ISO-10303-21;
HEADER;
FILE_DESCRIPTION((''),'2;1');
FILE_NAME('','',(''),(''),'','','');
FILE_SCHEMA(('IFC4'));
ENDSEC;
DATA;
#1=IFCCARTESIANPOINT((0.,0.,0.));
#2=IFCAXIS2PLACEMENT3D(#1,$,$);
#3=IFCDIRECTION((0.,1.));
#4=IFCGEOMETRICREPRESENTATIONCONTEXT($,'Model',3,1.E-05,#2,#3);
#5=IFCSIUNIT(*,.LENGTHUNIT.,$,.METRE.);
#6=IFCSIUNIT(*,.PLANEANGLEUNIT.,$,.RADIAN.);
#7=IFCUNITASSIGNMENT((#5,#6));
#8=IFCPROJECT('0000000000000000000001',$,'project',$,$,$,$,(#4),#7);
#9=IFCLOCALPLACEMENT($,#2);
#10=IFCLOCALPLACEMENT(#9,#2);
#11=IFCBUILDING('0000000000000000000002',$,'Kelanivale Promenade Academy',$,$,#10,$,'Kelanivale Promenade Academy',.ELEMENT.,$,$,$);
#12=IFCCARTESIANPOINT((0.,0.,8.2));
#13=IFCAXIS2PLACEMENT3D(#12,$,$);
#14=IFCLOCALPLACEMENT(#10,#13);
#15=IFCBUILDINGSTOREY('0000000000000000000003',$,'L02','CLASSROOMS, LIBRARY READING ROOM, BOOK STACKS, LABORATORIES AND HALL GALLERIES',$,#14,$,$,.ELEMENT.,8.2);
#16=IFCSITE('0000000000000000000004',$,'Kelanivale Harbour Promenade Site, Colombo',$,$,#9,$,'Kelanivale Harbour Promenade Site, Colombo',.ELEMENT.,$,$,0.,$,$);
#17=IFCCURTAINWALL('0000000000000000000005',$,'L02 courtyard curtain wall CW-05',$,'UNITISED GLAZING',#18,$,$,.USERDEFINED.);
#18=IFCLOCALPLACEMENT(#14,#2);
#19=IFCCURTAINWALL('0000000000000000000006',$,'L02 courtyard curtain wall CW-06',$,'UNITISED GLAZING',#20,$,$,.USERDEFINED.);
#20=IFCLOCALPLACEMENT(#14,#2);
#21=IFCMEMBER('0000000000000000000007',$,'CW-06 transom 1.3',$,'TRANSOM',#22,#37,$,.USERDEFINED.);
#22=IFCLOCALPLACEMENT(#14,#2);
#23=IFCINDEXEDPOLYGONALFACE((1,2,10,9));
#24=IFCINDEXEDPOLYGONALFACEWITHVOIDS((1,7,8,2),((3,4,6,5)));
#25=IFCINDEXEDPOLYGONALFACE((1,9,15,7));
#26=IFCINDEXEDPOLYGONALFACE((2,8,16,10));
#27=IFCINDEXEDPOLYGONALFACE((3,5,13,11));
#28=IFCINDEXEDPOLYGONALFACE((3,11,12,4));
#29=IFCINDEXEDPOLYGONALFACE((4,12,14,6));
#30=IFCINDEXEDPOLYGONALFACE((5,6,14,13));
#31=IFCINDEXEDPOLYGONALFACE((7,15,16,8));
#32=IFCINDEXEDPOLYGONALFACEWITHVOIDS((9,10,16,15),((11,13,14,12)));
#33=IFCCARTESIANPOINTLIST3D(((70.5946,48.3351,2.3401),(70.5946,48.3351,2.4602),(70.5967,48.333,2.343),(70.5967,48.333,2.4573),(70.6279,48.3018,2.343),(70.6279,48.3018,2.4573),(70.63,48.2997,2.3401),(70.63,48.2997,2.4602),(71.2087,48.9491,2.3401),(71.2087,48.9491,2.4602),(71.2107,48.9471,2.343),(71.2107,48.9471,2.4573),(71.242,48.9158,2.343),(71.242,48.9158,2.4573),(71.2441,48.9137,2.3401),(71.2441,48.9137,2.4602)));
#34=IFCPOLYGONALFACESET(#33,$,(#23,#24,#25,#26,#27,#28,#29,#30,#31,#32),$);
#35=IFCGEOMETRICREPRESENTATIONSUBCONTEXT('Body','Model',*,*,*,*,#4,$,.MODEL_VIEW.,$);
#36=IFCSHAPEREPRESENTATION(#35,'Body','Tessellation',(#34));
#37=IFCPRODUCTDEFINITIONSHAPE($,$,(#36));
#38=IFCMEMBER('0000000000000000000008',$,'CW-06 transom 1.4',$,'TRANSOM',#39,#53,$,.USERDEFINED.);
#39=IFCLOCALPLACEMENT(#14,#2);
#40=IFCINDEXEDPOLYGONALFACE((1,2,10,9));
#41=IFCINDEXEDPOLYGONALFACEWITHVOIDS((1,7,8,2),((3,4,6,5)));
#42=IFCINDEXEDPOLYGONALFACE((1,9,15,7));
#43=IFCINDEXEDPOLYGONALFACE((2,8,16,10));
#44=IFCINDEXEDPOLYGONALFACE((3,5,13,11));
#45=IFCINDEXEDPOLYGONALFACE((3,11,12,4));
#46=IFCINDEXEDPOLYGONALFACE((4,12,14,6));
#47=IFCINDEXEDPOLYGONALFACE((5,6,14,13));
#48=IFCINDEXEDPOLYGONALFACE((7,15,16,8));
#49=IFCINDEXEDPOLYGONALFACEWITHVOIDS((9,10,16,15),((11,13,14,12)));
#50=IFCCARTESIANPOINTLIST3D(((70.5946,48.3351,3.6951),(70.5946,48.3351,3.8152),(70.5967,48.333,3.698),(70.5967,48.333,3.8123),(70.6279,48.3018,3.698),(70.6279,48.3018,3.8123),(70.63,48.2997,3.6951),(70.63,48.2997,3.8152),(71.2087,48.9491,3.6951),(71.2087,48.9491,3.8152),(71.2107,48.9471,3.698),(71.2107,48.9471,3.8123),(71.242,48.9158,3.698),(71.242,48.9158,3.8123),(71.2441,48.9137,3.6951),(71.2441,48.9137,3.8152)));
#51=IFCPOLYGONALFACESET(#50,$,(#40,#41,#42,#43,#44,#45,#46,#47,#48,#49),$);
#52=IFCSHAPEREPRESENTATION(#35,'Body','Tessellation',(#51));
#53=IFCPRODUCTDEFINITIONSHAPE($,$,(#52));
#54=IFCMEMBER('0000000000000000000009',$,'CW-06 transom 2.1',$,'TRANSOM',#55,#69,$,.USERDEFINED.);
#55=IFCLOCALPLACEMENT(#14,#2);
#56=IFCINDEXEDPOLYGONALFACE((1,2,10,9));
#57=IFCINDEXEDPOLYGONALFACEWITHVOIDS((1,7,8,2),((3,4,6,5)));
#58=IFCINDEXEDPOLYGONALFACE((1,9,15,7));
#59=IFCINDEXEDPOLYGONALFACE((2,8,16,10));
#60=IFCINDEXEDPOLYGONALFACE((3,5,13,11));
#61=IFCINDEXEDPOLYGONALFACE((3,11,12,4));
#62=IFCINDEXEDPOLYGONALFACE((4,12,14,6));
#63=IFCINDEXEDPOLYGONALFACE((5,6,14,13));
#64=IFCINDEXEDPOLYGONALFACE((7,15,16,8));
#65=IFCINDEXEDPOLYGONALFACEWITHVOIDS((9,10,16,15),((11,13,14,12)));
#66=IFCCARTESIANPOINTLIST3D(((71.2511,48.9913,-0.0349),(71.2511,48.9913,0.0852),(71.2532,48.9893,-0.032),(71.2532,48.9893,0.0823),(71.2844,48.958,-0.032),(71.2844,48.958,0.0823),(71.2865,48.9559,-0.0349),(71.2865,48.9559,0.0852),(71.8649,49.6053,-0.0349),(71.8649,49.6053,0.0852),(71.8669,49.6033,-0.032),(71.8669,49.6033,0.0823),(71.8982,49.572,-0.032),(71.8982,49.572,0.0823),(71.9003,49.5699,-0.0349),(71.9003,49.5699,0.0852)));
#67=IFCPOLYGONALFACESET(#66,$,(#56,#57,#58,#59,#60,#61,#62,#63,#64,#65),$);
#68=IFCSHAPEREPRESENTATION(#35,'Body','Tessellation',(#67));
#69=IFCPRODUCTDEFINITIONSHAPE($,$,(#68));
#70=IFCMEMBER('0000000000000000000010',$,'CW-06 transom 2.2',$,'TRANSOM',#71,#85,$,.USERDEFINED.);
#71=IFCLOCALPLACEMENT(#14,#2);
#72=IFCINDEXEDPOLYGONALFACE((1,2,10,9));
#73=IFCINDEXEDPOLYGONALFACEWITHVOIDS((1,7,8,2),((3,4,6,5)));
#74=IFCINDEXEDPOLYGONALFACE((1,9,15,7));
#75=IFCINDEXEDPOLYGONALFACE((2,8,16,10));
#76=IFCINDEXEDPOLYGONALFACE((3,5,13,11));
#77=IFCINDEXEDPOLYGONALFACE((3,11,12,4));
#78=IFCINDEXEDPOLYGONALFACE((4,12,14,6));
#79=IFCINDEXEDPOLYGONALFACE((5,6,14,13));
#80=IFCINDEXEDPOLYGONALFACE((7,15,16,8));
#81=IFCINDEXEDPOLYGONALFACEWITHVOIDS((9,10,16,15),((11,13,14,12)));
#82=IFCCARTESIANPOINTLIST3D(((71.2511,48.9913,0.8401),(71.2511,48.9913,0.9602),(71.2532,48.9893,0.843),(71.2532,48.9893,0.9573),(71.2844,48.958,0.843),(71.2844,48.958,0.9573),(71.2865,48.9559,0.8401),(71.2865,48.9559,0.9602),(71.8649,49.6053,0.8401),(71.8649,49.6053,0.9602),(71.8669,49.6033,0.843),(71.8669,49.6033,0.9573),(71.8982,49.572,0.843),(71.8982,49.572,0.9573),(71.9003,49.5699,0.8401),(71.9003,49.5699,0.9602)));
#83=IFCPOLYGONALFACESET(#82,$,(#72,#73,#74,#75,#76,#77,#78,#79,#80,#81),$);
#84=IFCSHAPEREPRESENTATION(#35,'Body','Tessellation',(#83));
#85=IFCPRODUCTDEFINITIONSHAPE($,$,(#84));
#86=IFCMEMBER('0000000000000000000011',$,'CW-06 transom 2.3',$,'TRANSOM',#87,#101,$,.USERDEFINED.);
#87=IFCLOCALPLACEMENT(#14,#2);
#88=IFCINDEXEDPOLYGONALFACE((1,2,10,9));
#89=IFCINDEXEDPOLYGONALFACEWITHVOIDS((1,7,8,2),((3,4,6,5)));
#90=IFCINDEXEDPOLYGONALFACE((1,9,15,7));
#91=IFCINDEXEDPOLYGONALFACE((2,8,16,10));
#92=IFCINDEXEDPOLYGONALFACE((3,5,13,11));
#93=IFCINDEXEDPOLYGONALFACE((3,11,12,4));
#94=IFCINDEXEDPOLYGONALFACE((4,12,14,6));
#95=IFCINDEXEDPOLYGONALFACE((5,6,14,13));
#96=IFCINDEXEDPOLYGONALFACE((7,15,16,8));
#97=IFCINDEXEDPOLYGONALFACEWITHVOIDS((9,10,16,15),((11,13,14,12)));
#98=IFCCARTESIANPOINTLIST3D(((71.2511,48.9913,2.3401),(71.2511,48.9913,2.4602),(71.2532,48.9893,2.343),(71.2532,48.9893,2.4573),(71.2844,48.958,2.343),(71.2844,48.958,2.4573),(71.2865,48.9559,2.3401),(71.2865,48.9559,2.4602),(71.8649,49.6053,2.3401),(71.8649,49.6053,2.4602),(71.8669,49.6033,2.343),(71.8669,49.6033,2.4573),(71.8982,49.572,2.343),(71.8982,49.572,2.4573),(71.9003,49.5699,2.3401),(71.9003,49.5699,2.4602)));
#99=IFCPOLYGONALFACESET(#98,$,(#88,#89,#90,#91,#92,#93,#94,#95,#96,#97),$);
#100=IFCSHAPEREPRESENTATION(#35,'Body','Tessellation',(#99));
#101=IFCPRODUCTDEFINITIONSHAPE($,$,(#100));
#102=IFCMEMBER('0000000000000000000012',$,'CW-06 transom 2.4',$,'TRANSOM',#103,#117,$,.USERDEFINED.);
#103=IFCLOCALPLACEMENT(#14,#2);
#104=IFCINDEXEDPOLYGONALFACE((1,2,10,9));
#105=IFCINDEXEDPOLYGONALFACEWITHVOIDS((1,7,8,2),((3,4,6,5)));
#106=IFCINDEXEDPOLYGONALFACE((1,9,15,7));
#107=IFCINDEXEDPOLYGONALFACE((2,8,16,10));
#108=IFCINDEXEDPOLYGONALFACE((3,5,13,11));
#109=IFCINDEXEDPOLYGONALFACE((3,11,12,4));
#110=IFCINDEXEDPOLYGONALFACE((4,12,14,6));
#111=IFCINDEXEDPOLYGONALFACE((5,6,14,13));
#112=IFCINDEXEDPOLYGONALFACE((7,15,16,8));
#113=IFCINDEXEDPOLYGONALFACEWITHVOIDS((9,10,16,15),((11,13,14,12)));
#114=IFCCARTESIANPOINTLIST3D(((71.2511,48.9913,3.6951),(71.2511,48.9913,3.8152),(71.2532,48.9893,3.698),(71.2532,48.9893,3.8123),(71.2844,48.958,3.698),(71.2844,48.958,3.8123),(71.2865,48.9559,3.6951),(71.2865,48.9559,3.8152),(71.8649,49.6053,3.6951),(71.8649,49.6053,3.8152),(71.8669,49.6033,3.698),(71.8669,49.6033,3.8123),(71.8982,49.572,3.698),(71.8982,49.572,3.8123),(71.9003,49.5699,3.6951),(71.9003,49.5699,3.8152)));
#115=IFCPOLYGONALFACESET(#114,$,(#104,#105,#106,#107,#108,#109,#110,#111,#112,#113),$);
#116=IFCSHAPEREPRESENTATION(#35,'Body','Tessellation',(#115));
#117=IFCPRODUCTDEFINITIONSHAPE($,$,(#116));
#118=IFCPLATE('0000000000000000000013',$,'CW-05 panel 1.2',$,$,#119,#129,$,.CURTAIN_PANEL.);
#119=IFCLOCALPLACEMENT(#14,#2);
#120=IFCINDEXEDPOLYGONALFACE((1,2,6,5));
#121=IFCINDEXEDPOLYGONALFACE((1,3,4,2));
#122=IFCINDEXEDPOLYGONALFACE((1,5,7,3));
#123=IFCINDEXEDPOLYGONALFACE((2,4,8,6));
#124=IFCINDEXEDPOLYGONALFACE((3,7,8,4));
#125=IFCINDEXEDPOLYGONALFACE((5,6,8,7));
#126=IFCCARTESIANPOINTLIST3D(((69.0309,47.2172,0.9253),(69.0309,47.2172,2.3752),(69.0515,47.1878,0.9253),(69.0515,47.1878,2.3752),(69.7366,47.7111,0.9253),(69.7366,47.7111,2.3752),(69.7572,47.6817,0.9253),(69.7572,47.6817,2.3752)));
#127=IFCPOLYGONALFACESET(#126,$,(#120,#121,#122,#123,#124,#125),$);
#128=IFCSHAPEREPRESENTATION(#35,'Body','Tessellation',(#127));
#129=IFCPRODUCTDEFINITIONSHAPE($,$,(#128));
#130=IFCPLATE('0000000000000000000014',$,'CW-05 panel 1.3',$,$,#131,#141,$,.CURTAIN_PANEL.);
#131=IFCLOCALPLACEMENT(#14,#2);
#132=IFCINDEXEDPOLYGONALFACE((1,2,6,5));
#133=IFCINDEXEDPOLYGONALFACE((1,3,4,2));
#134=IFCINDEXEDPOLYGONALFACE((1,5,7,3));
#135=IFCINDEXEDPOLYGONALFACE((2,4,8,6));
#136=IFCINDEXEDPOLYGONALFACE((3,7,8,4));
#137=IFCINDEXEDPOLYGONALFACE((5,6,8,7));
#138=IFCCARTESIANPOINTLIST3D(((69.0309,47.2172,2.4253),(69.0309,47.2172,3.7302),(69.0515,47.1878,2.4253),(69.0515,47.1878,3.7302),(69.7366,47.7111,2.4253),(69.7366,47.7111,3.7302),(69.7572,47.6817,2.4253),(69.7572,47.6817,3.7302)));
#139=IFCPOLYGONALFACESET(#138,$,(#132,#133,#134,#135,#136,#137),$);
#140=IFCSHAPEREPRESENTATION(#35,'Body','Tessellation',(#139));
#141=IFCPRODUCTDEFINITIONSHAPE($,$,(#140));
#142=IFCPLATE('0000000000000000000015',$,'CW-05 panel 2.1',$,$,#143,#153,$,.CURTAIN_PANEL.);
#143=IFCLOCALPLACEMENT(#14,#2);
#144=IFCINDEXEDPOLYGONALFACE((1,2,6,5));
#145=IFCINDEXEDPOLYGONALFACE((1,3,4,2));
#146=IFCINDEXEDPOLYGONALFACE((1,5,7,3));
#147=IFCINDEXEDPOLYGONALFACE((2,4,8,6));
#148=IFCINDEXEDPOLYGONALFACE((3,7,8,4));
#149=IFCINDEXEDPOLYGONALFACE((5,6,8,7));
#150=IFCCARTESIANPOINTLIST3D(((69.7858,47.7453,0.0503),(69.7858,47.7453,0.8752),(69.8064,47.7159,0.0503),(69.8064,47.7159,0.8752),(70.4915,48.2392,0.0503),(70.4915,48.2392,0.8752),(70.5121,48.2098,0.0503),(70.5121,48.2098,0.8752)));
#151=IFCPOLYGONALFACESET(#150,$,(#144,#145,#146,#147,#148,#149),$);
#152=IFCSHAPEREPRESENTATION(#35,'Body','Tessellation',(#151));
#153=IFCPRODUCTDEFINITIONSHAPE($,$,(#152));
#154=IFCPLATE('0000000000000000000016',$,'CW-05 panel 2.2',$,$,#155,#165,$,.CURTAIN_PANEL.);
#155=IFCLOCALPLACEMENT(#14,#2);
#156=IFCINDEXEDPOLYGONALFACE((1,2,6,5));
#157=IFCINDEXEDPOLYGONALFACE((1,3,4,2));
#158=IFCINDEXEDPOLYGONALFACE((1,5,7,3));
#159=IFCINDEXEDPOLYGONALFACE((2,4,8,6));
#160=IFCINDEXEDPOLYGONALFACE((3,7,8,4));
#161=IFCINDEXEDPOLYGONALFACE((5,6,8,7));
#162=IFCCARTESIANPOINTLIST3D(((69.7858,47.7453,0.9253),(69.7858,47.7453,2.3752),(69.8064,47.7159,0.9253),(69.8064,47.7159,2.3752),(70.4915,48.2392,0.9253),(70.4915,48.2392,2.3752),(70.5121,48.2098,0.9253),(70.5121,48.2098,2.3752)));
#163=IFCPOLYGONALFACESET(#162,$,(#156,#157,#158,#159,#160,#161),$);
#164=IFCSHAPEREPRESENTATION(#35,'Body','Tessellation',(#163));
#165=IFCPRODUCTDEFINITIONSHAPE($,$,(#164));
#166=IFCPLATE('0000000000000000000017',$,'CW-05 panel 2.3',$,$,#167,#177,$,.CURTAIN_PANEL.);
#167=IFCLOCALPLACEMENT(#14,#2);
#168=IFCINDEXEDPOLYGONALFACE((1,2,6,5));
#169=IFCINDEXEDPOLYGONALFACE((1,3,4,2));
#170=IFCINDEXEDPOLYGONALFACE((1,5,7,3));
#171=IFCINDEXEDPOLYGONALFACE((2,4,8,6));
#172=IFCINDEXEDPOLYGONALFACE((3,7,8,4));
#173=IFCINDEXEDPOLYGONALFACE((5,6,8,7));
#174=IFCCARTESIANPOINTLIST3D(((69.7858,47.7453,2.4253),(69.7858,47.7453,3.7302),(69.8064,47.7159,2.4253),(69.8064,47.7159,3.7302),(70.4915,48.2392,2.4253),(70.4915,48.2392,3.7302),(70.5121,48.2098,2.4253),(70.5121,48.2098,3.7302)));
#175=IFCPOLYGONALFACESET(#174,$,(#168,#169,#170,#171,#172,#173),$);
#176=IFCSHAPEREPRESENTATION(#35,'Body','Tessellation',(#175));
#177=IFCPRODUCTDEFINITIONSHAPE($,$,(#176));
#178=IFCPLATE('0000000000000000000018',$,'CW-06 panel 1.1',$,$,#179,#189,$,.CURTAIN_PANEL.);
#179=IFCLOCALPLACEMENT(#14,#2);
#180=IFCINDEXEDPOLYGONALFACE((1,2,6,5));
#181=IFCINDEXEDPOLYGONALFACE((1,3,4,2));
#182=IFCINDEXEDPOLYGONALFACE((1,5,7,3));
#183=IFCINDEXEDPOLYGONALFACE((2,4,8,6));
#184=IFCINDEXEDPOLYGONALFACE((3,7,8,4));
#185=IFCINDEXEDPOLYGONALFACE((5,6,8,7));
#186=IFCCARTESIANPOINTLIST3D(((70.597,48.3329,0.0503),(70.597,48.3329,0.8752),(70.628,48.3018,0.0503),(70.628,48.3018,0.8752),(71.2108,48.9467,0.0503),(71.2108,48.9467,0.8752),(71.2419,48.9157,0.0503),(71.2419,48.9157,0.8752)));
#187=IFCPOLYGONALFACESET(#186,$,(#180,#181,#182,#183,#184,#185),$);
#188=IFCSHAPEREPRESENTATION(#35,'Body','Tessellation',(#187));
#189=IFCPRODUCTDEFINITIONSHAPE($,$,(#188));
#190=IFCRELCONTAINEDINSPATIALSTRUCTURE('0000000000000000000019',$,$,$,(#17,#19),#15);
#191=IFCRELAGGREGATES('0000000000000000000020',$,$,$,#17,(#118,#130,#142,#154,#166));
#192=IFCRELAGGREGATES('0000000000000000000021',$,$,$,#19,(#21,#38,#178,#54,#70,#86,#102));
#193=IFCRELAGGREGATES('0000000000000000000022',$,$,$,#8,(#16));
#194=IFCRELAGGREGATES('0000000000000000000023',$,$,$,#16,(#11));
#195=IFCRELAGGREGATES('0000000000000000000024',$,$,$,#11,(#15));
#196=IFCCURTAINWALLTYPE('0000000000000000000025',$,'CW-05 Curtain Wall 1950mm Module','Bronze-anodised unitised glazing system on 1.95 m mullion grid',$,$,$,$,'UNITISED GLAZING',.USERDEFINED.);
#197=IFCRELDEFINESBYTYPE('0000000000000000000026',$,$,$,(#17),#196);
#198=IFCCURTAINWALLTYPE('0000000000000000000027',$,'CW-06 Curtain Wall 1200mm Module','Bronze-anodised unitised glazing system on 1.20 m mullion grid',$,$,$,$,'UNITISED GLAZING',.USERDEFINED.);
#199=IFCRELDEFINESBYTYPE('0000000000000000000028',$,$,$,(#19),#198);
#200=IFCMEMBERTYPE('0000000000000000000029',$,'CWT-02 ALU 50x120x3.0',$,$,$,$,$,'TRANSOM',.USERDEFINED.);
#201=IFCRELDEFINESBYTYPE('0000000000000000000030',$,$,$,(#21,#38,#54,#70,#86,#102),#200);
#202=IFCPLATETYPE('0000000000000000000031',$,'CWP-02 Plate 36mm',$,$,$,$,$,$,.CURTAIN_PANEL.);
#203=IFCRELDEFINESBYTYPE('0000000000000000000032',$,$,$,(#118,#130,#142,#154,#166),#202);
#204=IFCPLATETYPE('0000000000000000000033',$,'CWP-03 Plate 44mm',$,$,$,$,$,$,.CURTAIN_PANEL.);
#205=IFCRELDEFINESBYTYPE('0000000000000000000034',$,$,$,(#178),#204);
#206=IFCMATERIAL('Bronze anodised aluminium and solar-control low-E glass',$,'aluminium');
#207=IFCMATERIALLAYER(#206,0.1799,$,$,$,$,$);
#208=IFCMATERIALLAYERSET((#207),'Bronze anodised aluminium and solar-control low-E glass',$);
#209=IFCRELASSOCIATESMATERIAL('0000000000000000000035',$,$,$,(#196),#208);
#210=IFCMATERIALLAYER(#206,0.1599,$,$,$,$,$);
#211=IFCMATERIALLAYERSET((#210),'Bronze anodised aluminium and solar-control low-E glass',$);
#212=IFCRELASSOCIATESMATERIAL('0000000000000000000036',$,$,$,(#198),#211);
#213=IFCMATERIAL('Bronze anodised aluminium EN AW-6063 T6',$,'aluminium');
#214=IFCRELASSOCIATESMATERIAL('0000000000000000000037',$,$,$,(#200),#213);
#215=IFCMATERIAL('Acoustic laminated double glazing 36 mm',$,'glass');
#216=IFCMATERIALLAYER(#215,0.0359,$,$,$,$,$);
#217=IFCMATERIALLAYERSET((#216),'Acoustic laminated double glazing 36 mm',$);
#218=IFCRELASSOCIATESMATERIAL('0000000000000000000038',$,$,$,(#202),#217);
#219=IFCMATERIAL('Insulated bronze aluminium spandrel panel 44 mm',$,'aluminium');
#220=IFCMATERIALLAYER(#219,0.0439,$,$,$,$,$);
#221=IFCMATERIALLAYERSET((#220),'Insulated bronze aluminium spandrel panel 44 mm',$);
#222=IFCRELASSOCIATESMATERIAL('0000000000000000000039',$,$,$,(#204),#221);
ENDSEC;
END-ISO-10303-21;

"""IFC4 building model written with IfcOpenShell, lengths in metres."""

from ifc_helpers import new_model, si_unit, direction, frame, origin, origin_2d, place, context, subcontext, project, spatial, rectangle, hollow_rectangle, extrude, material, layer, layer_set, material_profile, profile_set, type_object, element, aggregate, save


model = new_model("IFC4")

# Units and contexts
model_context = context("Model", 3, precision=1e-05, world=origin(), true_north=direction((0.0, 1.0)))
body_context = subcontext(model_context, "Body", "Model", "MODEL_VIEW")
ifc_project = project(units=[si_unit("LENGTHUNIT", "METRE"), si_unit("PLANEANGLEUNIT", "RADIAN")], contexts=[model_context])

# Site, building, storey
site_placement = place(None, origin())
site = spatial("IfcSite", under=ifc_project, at=site_placement, Name="Kelanivale Harbour Promenade Site, Colombo", LongName="Kelanivale Harbour Promenade Site, Colombo", CompositionType="ELEMENT", RefElevation=0.0)
building_placement = place(site_placement, origin())
building = spatial("IfcBuilding", under=site, at=building_placement, Name="Kelanivale Promenade Academy", LongName="Kelanivale Promenade Academy", CompositionType="ELEMENT")
storey_placement = place(building_placement, frame((0.0, 0.0, 8.2)))
storey = spatial("IfcBuildingStorey", under=building, at=storey_placement, Name="L02", Description="CLASSROOMS, LIBRARY READING ROOM, BOOK STACKS, LABORATORIES AND HALL GALLERIES", CompositionType="ELEMENT", Elevation=8.2)

# Curtain walls
ifc_material_1 = material(Name="Bronze anodised aluminium and solar-control low-E glass", Category="aluminium")
ifc_layer_1 = layer(ifc_material_1, 0.1799)
ifc_layer_set_1 = layer_set([ifc_layer_1], Name="Bronze anodised aluminium and solar-control low-E glass")
curtain_wall_type_1 = type_object("IfcCurtainWallType", Name="CW-05 Curtain Wall 1950mm Module", Description="Bronze-anodised unitised glazing system on 1.95 m mullion grid", ElementType="UNITISED GLAZING", PredefinedType="USERDEFINED", material=ifc_layer_set_1)
curtain_wall_1_placement = place(storey_placement, origin())
curtain_wall_1 = element("IfcCurtainWall", 1, at=curtain_wall_1_placement, inside=storey, type_object=curtain_wall_type_1, Name="L02 courtyard curtain wall CW-05", ObjectType="UNITISED GLAZING", PredefinedType="USERDEFINED")
ifc_material_2 = material(Name="Bronze anodised aluminium EN AW-6063 T6", Category="aluminium")
ifc_layer_2 = layer(ifc_material_1, 0.1599)
ifc_layer_set_2 = layer_set([ifc_layer_2], Name="Bronze anodised aluminium and solar-control low-E glass")
curtain_wall_type_2 = type_object("IfcCurtainWallType", Name="CW-06 Curtain Wall 1200mm Module", Description="Bronze-anodised unitised glazing system on 1.20 m mullion grid", ElementType="UNITISED GLAZING", PredefinedType="USERDEFINED", material=ifc_layer_set_2)
curtain_wall_2_placement = place(storey_placement, origin())
curtain_wall_2 = element("IfcCurtainWall", 2, at=curtain_wall_2_placement, inside=storey, type_object=curtain_wall_type_2, Name="L02 courtyard curtain wall CW-06", ObjectType="UNITISED GLAZING", PredefinedType="USERDEFINED")

# Members
ifc_material_profile_1 = material_profile(ifc_material_2, hollow_rectangle(XDim=0.05, YDim=0.1201, WallThickness=0.0029, at=origin_2d()), Name="ALU 50x120x3.0")
ifc_profile_set_1 = profile_set([ifc_material_profile_1], Name="Bronze anodised aluminium EN AW-6063 T6")
member_type_1 = type_object("IfcMemberType", Name="CWT-02 ALU 50x120x3.0", ElementType="TRANSOM", PredefinedType="USERDEFINED", material=ifc_profile_set_1)
member_1_placement = place(storey_placement, frame((70.6123, 48.3174, 2.4001), z_axis=(0.707107, 0.707107, 0.0), x_axis=(-0.707107, 0.707107, 0.0)))
member_1 = element("IfcMember", 3, at=member_1_placement, type_object=member_type_1, Name="CW-06 transom 1.3", ObjectType="TRANSOM", PredefinedType="USERDEFINED", context=body_context, shape_type="SweptSolid", body=[
    extrude(hollow_rectangle(XDim=0.05, YDim=0.1201, WallThickness=0.0029, at=origin_2d()), origin(), (0.0, 0.0, 1.0), 0.8684),
])
member_2_placement = place(storey_placement, frame((70.6123, 48.3174, 3.7551), z_axis=(0.707107, 0.707107, 0.0), x_axis=(-0.707107, 0.707107, 0.0)))
member_2 = element("IfcMember", 4, at=member_2_placement, type_object=member_type_1, Name="CW-06 transom 1.4", ObjectType="TRANSOM", PredefinedType="USERDEFINED", context=body_context, shape_type="SweptSolid", body=[
    extrude(hollow_rectangle(XDim=0.05, YDim=0.1201, WallThickness=0.0029, at=origin_2d()), origin(), (0.0, 0.0, 1.0), 0.8684),
])
member_3_placement = place(storey_placement, frame((71.2688, 48.9736, 0.0251), z_axis=(0.706966, 0.707247, 0.0), x_axis=(-0.707247, 0.706966, 0.0)))
member_3 = element("IfcMember", 5, at=member_3_placement, type_object=member_type_1, Name="CW-06 transom 2.1", ObjectType="TRANSOM", PredefinedType="USERDEFINED", context=body_context, shape_type="SweptSolid", body=[
    extrude(hollow_rectangle(XDim=0.05, YDim=0.1201, WallThickness=0.0029, at=origin_2d()), origin(), (0.0, 0.0, 1.0), 0.8682),
])
member_4_placement = place(storey_placement, frame((71.2688, 48.9736, 0.9001), z_axis=(0.706966, 0.707247, 0.0), x_axis=(-0.707247, 0.706966, 0.0)))
member_4 = element("IfcMember", 6, at=member_4_placement, type_object=member_type_1, Name="CW-06 transom 2.2", ObjectType="TRANSOM", PredefinedType="USERDEFINED", context=body_context, shape_type="SweptSolid", body=[
    extrude(hollow_rectangle(XDim=0.05, YDim=0.1201, WallThickness=0.0029, at=origin_2d()), origin(), (0.0, 0.0, 1.0), 0.8682),
])
member_5_placement = place(storey_placement, frame((71.2688, 48.9736, 2.4001), z_axis=(0.706966, 0.707247, 0.0), x_axis=(-0.707247, 0.706966, 0.0)))
member_5 = element("IfcMember", 7, at=member_5_placement, type_object=member_type_1, Name="CW-06 transom 2.3", ObjectType="TRANSOM", PredefinedType="USERDEFINED", context=body_context, shape_type="SweptSolid", body=[
    extrude(hollow_rectangle(XDim=0.05, YDim=0.1201, WallThickness=0.0029, at=origin_2d()), origin(), (0.0, 0.0, 1.0), 0.8682),
])
member_6_placement = place(storey_placement, frame((71.2688, 48.9736, 3.7551), z_axis=(0.706966, 0.707247, 0.0), x_axis=(-0.707247, 0.706966, 0.0)))
member_6 = element("IfcMember", 8, at=member_6_placement, type_object=member_type_1, Name="CW-06 transom 2.4", ObjectType="TRANSOM", PredefinedType="USERDEFINED", context=body_context, shape_type="SweptSolid", body=[
    extrude(hollow_rectangle(XDim=0.05, YDim=0.1201, WallThickness=0.0029, at=origin_2d()), origin(), (0.0, 0.0, 1.0), 0.8682),
])

# Plates
ifc_material_3 = material(Name="Acoustic laminated double glazing 36 mm", Category="glass")
ifc_layer_3 = layer(ifc_material_3, 0.0359)
ifc_layer_set_3 = layer_set([ifc_layer_3], Name="Acoustic laminated double glazing 36 mm")
plate_type_1 = type_object("IfcPlateType", Name="CWP-02 Plate 36mm", PredefinedType="CURTAIN_PANEL", material=ifc_layer_set_3)
plate_1_placement = place(storey_placement, frame((69.394, 47.4495, 0.9253), z_axis=(0.0, 0.0, 1.0), x_axis=(0.819306, 0.573357, 0.0)))
plate_1 = element("IfcPlate", 9, at=plate_1_placement, type_object=plate_type_1, Name="CW-05 panel 1.2", PredefinedType="CURTAIN_PANEL", context=body_context, shape_type="SweptSolid", body=[
    extrude(rectangle(XDim=0.8613, YDim=0.0359, at=origin_2d()), origin(), (0.0, 0.0, 1.0), 1.45),
])
plate_2_placement = place(storey_placement, frame((69.394, 47.4495, 2.4253), z_axis=(0.0, 0.0, 1.0), x_axis=(0.819306, 0.573357, 0.0)))
plate_2 = element("IfcPlate", 10, at=plate_2_placement, type_object=plate_type_1, Name="CW-05 panel 1.3", PredefinedType="CURTAIN_PANEL", context=body_context, shape_type="SweptSolid", body=[
    extrude(rectangle(XDim=0.8613, YDim=0.0359, at=origin_2d()), origin(), (0.0, 0.0, 1.0), 1.3049),
])
plate_3_placement = place(storey_placement, frame((70.1489, 47.9775, 0.0503), z_axis=(0.0, 0.0, 1.0), x_axis=(0.819306, 0.573357, 0.0)))
plate_3 = element("IfcPlate", 11, at=plate_3_placement, type_object=plate_type_1, Name="CW-05 panel 2.1", PredefinedType="CURTAIN_PANEL", context=body_context, shape_type="SweptSolid", body=[
    extrude(rectangle(XDim=0.8613, YDim=0.0359, at=origin_2d()), origin(), (0.0, 0.0, 1.0), 0.825),
])
plate_4_placement = place(storey_placement, frame((70.1489, 47.9775, 0.9253), z_axis=(0.0, 0.0, 1.0), x_axis=(0.819306, 0.573357, 0.0)))
plate_4 = element("IfcPlate", 12, at=plate_4_placement, type_object=plate_type_1, Name="CW-05 panel 2.2", PredefinedType="CURTAIN_PANEL", context=body_context, shape_type="SweptSolid", body=[
    extrude(rectangle(XDim=0.8613, YDim=0.0359, at=origin_2d()), origin(), (0.0, 0.0, 1.0), 1.45),
])
plate_5_placement = place(storey_placement, frame((70.1489, 47.9775, 2.4253), z_axis=(0.0, 0.0, 1.0), x_axis=(0.819306, 0.573357, 0.0)))
plate_5 = element("IfcPlate", 13, at=plate_5_placement, type_object=plate_type_1, Name="CW-05 panel 2.3", PredefinedType="CURTAIN_PANEL", context=body_context, shape_type="SweptSolid", body=[
    extrude(rectangle(XDim=0.8613, YDim=0.0359, at=origin_2d()), origin(), (0.0, 0.0, 1.0), 1.3049),
])
aggregate(curtain_wall_1, [plate_1, plate_2, plate_3, plate_4, plate_5])
ifc_material_4 = material(Name="Insulated bronze aluminium spandrel panel 44 mm", Category="aluminium")
ifc_layer_4 = layer(ifc_material_4, 0.0439)
ifc_layer_set_4 = layer_set([ifc_layer_4], Name="Insulated bronze aluminium spandrel panel 44 mm")
plate_type_2 = type_object("IfcPlateType", Name="CWP-03 Plate 44mm", PredefinedType="CURTAIN_PANEL", material=ifc_layer_set_4)
plate_6_placement = place(storey_placement, frame((70.9194, 48.6243, 0.0503), z_axis=(0.0, 0.0, 1.0), x_axis=(0.707107, 0.707107, 0.0)))
plate_6 = element("IfcPlate", 14, at=plate_6_placement, type_object=plate_type_2, Name="CW-06 panel 1.1", PredefinedType="CURTAIN_PANEL", context=body_context, shape_type="SweptSolid", body=[
    extrude(rectangle(XDim=0.8682, YDim=0.0439, at=origin_2d()), origin(), (0.0, 0.0, 1.0), 0.825),
])
aggregate(curtain_wall_2, [member_1, member_2, plate_6, member_3, member_4, member_5, member_6])

save(model, "model.ifc")
